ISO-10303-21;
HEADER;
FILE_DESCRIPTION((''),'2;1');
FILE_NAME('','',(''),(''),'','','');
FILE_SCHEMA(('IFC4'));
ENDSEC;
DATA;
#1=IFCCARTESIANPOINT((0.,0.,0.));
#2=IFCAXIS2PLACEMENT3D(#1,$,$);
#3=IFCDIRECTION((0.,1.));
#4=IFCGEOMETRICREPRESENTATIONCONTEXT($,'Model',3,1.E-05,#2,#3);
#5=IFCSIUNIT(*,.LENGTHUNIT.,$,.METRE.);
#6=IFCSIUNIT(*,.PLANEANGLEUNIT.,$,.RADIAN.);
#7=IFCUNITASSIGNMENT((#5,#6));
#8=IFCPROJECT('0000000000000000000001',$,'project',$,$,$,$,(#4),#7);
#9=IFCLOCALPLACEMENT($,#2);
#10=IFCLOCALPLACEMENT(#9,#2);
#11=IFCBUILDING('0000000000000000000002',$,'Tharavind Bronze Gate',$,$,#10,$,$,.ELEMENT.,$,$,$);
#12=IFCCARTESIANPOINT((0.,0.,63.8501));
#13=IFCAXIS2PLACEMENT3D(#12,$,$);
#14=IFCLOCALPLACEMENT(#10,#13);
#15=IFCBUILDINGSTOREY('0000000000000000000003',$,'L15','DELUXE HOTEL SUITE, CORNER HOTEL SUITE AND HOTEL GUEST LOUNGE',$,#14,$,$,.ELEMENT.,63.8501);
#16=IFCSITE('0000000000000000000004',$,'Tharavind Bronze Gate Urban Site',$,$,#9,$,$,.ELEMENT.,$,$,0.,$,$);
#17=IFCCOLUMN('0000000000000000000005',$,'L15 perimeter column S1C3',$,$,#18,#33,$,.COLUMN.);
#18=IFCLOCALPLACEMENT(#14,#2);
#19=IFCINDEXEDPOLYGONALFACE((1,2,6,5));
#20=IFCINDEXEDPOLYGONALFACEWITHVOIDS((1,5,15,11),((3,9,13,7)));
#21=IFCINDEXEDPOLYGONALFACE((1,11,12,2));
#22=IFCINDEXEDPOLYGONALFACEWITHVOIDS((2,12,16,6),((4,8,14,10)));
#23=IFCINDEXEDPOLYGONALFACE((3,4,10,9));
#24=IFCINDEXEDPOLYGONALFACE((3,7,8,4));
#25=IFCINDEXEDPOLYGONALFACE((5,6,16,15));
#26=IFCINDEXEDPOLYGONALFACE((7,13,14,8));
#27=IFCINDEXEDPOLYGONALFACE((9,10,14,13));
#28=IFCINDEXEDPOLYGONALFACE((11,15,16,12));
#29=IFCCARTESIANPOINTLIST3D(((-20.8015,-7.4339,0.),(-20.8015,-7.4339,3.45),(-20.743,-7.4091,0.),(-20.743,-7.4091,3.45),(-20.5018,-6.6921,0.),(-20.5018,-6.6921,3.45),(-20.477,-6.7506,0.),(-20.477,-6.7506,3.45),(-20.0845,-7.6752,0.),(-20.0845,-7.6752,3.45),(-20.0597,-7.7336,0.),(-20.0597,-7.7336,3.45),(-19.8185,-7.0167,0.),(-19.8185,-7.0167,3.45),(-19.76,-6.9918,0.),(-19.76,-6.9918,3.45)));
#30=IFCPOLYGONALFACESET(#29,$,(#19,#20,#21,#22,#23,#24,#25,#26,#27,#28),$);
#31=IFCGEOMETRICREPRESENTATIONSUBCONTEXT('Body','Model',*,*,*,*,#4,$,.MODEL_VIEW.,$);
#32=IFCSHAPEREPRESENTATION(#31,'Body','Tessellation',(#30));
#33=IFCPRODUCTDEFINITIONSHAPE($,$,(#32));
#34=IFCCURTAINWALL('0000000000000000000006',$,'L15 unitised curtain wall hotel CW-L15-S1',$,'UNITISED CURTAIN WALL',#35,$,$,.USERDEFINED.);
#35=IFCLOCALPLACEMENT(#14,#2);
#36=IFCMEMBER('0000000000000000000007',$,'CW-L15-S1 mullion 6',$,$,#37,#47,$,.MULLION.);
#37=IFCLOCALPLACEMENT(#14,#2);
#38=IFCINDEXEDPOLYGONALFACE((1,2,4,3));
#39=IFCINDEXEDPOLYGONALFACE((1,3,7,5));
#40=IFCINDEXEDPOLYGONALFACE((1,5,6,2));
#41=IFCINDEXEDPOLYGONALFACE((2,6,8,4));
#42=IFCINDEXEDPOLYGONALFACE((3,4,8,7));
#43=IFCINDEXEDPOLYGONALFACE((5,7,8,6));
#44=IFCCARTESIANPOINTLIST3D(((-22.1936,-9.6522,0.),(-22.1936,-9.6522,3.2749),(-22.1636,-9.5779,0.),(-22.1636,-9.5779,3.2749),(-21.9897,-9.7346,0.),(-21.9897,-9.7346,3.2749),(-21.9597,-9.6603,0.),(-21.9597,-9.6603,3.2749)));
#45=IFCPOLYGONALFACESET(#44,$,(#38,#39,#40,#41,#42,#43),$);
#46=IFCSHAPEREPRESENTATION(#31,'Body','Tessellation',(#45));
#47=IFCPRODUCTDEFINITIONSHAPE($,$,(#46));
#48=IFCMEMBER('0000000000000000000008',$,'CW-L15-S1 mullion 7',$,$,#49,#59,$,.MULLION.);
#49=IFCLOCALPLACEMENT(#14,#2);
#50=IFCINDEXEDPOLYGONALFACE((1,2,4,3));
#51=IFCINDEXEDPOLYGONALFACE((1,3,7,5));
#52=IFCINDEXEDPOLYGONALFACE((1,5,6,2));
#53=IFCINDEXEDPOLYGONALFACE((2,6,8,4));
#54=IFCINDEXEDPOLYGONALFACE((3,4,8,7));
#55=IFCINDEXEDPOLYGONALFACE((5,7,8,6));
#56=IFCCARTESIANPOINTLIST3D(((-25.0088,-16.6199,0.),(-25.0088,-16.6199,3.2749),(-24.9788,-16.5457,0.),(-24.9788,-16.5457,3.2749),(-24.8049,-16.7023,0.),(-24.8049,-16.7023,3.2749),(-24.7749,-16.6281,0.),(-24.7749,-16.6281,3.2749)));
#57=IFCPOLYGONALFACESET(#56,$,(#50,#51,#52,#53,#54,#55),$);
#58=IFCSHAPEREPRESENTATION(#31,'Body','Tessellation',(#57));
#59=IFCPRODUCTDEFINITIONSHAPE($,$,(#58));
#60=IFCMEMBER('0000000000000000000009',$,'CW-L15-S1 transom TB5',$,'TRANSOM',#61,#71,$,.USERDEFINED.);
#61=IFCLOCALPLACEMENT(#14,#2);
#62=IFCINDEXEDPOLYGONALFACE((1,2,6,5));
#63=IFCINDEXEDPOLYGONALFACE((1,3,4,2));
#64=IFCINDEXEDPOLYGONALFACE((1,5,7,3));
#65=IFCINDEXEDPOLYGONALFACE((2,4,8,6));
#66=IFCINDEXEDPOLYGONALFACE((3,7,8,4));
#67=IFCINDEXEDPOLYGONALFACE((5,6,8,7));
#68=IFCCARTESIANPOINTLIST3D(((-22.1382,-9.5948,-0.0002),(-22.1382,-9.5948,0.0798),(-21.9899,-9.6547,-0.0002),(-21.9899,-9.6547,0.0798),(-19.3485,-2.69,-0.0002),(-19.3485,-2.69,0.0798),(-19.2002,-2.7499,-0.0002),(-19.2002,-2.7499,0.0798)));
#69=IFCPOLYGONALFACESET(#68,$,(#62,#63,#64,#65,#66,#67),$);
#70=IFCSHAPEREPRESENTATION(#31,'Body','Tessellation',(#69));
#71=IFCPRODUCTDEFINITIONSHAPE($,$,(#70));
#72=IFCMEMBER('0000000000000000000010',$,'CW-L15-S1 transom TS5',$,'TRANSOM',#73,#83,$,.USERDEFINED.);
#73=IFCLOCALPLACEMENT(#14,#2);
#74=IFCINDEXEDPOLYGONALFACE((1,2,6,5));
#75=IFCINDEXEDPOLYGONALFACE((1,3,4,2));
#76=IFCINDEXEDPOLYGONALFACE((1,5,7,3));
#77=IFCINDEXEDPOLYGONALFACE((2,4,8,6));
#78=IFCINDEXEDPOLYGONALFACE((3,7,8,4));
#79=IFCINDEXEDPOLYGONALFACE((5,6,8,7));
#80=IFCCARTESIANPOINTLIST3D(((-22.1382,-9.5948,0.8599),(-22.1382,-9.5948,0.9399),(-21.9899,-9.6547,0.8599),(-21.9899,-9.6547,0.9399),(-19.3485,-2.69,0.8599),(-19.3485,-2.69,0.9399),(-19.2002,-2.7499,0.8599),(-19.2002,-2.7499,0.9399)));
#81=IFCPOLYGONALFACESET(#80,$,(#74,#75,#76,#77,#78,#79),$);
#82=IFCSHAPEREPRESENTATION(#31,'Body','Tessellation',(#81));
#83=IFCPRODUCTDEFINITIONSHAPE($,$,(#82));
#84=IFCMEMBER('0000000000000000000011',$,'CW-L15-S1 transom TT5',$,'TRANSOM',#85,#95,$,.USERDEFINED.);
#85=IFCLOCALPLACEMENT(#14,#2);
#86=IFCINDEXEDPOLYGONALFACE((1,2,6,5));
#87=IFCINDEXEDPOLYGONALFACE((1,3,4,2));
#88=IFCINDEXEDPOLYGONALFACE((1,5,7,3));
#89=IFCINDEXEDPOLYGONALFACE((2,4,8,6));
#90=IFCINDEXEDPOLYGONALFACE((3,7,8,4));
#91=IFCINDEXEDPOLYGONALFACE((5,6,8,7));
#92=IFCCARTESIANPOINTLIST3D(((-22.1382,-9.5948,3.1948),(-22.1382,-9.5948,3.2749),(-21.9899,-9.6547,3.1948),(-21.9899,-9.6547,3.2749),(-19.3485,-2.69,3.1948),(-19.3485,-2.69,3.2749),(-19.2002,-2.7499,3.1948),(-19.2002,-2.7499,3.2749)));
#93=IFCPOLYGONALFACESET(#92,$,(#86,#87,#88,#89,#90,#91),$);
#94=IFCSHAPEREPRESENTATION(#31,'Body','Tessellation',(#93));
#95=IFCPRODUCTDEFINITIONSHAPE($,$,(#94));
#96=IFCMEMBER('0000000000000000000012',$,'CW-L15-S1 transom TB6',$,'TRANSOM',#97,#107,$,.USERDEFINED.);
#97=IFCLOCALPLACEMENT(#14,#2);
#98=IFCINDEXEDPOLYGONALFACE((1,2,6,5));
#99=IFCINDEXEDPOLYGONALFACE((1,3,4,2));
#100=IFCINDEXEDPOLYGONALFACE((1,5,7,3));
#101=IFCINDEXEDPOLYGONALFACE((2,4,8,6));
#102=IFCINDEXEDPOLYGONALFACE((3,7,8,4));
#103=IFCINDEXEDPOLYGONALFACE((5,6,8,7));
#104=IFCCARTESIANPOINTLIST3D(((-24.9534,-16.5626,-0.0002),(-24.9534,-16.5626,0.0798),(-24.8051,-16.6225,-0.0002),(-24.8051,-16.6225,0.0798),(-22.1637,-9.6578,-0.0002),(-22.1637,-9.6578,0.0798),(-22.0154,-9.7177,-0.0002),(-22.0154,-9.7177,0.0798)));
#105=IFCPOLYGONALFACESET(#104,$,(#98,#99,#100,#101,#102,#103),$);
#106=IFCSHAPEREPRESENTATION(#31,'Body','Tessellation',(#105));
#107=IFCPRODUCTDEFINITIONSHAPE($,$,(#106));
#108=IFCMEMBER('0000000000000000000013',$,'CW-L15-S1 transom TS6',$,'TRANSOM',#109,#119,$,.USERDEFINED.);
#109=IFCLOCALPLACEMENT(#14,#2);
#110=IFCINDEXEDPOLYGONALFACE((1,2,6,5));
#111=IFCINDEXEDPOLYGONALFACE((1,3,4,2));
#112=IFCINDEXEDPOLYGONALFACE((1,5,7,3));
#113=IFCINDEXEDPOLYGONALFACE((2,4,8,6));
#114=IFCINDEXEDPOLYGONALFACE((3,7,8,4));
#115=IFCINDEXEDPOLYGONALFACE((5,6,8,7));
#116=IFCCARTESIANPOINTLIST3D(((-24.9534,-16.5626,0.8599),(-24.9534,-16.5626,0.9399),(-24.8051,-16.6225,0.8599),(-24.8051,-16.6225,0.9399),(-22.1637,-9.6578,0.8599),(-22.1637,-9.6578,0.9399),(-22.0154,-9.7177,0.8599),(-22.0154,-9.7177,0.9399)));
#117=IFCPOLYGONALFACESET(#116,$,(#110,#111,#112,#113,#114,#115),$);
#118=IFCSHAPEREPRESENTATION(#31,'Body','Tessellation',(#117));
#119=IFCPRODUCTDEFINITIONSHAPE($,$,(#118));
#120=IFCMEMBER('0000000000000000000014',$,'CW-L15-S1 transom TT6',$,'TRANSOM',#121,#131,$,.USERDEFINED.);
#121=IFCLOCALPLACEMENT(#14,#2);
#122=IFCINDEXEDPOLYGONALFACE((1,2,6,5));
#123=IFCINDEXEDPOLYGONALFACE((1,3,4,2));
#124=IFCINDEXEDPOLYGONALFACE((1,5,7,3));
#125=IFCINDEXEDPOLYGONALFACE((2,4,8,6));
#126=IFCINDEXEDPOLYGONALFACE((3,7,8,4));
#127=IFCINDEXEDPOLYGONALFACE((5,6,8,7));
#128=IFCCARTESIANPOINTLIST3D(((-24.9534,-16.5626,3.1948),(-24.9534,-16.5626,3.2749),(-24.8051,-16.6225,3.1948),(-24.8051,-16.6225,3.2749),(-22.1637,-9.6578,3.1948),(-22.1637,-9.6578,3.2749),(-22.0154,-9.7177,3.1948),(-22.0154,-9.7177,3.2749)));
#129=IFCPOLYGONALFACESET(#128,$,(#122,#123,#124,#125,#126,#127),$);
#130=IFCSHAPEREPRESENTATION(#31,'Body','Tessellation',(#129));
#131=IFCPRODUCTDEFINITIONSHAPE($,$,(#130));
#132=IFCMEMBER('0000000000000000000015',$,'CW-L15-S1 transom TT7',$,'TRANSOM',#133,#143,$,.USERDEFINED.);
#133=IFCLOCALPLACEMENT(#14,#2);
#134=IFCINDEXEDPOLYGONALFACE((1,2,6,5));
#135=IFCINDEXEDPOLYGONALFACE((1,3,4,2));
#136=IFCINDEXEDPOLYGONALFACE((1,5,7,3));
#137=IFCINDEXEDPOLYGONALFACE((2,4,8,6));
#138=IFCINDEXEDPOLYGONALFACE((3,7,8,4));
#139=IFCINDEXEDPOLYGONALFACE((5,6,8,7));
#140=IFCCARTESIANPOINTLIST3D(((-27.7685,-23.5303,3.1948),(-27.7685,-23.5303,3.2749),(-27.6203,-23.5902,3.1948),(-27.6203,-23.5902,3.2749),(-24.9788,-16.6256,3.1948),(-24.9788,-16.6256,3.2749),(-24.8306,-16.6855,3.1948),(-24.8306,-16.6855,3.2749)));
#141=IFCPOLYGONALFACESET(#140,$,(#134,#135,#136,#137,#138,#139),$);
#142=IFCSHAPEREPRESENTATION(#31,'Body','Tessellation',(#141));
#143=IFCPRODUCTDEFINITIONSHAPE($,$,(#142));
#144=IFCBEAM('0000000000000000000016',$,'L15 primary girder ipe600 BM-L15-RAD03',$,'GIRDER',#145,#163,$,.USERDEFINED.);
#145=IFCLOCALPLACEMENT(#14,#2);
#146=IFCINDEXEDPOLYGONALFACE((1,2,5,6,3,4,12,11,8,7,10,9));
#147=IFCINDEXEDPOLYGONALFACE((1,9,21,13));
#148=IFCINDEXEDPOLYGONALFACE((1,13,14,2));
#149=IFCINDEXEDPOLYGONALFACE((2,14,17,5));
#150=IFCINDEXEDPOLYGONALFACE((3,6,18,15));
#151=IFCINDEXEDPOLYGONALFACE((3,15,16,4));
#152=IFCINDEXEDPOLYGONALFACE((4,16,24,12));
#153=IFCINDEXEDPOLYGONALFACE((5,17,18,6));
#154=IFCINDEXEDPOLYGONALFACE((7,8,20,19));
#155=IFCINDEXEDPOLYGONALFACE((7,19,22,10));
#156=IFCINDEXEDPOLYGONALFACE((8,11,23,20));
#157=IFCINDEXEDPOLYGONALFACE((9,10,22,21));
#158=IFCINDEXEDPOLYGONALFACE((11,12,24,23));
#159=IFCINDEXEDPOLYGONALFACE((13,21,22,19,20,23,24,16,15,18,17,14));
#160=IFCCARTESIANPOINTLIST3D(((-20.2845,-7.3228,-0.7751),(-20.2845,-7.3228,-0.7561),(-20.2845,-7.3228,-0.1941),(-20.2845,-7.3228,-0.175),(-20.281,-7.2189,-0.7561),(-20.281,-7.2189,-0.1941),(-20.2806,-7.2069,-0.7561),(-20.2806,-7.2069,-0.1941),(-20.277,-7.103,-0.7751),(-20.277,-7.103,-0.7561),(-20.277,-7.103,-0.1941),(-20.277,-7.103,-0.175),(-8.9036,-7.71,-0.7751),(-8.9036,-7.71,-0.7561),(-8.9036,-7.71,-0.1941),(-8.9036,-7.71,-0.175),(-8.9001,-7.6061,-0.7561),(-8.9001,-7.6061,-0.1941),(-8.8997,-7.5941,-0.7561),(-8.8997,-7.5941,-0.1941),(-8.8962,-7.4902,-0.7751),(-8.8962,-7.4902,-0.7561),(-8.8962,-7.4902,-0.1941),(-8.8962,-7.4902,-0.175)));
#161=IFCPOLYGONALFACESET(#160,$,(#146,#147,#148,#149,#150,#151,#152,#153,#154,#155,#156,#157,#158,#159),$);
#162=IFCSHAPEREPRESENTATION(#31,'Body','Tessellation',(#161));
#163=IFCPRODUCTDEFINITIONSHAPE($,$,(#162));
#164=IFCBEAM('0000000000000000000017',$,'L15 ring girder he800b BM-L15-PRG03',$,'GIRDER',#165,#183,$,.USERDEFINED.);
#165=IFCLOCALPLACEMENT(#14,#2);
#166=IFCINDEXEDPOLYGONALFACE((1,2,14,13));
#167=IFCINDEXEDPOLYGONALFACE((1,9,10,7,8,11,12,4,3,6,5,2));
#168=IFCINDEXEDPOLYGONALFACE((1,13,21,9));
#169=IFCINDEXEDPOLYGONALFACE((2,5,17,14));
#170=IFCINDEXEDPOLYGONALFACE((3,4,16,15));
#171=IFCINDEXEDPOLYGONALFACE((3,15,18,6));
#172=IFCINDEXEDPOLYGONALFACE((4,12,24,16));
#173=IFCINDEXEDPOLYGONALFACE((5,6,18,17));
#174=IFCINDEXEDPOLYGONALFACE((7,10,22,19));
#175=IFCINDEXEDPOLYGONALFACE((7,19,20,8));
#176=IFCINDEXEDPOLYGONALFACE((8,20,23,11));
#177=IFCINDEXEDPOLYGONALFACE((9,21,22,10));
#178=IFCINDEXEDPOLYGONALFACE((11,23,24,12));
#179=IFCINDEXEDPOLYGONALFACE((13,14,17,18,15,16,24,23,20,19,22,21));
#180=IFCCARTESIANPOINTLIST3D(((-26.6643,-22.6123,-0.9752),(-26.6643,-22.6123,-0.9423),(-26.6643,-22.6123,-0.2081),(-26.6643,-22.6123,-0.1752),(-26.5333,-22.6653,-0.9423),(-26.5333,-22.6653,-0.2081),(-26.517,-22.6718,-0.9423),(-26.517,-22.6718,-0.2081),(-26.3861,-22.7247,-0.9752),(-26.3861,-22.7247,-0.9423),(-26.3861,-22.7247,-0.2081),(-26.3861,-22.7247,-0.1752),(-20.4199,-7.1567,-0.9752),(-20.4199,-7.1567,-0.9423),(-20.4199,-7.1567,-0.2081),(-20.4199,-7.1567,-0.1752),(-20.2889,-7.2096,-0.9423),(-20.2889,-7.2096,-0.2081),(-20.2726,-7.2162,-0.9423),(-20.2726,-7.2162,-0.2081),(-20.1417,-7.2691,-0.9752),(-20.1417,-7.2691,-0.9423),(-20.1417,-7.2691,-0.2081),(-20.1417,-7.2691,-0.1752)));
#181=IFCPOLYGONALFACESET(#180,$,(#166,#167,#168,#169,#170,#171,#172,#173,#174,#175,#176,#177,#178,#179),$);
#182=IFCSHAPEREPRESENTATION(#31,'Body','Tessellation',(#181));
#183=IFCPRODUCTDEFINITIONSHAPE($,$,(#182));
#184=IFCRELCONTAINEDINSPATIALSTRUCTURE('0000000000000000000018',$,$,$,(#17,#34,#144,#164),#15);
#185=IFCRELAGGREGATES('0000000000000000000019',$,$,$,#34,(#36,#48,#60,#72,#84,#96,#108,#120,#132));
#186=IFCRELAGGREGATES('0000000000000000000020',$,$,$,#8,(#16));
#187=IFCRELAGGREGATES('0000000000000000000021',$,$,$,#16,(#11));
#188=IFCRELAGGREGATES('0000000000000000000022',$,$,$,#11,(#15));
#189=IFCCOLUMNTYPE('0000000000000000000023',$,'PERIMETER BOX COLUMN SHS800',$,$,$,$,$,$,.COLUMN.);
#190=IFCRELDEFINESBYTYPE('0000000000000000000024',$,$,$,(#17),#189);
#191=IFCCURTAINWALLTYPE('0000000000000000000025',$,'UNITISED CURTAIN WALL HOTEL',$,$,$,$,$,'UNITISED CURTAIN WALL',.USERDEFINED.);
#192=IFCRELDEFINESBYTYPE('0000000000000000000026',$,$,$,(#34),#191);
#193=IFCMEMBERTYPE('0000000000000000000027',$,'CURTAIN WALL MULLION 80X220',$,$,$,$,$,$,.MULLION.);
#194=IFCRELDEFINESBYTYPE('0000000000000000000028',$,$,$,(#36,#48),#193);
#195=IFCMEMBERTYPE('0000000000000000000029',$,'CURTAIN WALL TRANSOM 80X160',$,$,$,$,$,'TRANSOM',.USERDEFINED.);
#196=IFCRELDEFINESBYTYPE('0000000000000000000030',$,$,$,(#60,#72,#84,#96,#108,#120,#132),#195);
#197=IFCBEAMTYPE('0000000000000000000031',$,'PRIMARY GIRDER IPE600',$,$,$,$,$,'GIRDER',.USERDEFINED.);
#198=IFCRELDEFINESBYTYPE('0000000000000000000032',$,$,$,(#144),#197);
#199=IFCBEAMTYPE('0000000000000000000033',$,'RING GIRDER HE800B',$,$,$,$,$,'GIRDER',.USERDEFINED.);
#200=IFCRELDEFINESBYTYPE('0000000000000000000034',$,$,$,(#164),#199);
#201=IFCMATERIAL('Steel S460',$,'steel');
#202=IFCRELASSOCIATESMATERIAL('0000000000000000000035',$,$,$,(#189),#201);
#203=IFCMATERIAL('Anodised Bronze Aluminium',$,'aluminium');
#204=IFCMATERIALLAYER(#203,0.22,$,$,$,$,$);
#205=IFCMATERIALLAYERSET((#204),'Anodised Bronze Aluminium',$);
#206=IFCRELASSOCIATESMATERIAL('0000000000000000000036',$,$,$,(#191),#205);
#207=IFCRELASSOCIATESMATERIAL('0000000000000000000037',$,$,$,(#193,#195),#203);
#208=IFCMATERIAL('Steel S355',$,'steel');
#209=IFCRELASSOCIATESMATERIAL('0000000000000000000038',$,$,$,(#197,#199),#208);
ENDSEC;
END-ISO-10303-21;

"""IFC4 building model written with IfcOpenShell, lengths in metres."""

from ifc_helpers import new_model, si_unit, direction, frame, origin, origin_2d, place, context, subcontext, project, spatial, rectangle, hollow_rectangle, i_section, extrude, material, layer, layer_set, material_profile, profile_set, type_object, element, aggregate, save


model = new_model("IFC4")

# Units and contexts
model_context = context("Model", 3, precision=1e-05, world=origin(), true_north=direction((0.0, 1.0)))
body_context = subcontext(model_context, "Body", "Model", "MODEL_VIEW")
ifc_project = project(units=[si_unit("LENGTHUNIT", "METRE"), si_unit("PLANEANGLEUNIT", "RADIAN")], contexts=[model_context])

# Site, building, storey
site_placement = place(None, origin())
site = spatial("IfcSite", under=ifc_project, at=site_placement, Name="Tharavind Bronze Gate Urban Site", CompositionType="ELEMENT", RefElevation=0.0)
building_placement = place(site_placement, origin())
building = spatial("IfcBuilding", under=site, at=building_placement, Name="Tharavind Bronze Gate", CompositionType="ELEMENT")
storey_placement = place(building_placement, frame((0.0, 0.0, 63.8501)))
storey = spatial("IfcBuildingStorey", under=building, at=storey_placement, Name="L15", Description="DELUXE HOTEL SUITE, CORNER HOTEL SUITE AND HOTEL GUEST LOUNGE", CompositionType="ELEMENT", Elevation=63.8501)

# Column
ifc_material_1 = material(Name="Steel S460", Category="steel")
ifc_material_profile_1 = material_profile(ifc_material_1, hollow_rectangle(XDim=0.8, YDim=0.8, WallThickness=0.0449, at=origin_2d()), Name="SHS800X45")
ifc_profile_set_1 = profile_set([ifc_material_profile_1], Name="Steel S460")
column_type = type_object("IfcColumnType", Name="PERIMETER BOX COLUMN SHS800", PredefinedType="COLUMN", material=ifc_profile_set_1)
column_placement = place(storey_placement, frame((-20.2808, -7.2129, 0.0), z_axis=(0.0, 0.0, 1.0), x_axis=(0.374608, 0.927183, 0.0)))
element("IfcColumn", 1, at=column_placement, inside=storey, type_object=column_type, Name="L15 perimeter column S1C3", PredefinedType="COLUMN", context=body_context, shape_type="SweptSolid", body=[
    extrude(hollow_rectangle(XDim=0.8, YDim=0.8, WallThickness=0.0449, at=origin_2d()), origin(), (0.0, 0.0, 1.0), 3.45),
])

# Curtain wall, members
ifc_material_2 = material(Name="Anodised Bronze Aluminium", Category="aluminium")
ifc_layer_1 = layer(ifc_material_2, 0.22)
ifc_layer_set_1 = layer_set([ifc_layer_1], Name="Anodised Bronze Aluminium")
curtain_wall_type = type_object("IfcCurtainWallType", Name="UNITISED CURTAIN WALL HOTEL", ElementType="UNITISED CURTAIN WALL", PredefinedType="USERDEFINED", material=ifc_layer_set_1)
curtain_wall_placement = place(storey_placement, origin())
curtain_wall = element("IfcCurtainWall", 2, at=curtain_wall_placement, inside=storey, type_object=curtain_wall_type, Name="L15 unitised curtain wall hotel CW-L15-S1", ObjectType="UNITISED CURTAIN WALL", PredefinedType="USERDEFINED")
member_type_1 = type_object("IfcMemberType", Name="CURTAIN WALL MULLION 80X220", PredefinedType="MULLION", material=ifc_material_2)
member_1_placement = place(storey_placement, frame((-22.0767, -9.6562, 0.0), z_axis=(0.0, 0.0, 1.0), x_axis=(-0.374607, -0.927184, 0.0)))
member_1 = element("IfcMember", 3, at=member_1_placement, type_object=member_type_1, Name="CW-L15-S1 mullion 6", PredefinedType="MULLION", context=body_context, shape_type="SweptSolid", body=[
    extrude(rectangle(XDim=0.0801, YDim=0.22, at=origin_2d()), origin(), (0.0, 0.0, 1.0), 3.2749),
])
member_2_placement = place(storey_placement, frame((-24.8918, -16.624, 0.0), z_axis=(0.0, 0.0, 1.0), x_axis=(-0.374607, -0.927184, 0.0)))
member_2 = element("IfcMember", 4, at=member_2_placement, type_object=member_type_1, Name="CW-L15-S1 mullion 7", PredefinedType="MULLION", context=body_context, shape_type="SweptSolid", body=[
    extrude(rectangle(XDim=0.0801, YDim=0.22, at=origin_2d()), origin(), (0.0, 0.0, 1.0), 3.2749),
])
member_type_2 = type_object("IfcMemberType", Name="CURTAIN WALL TRANSOM 80X160", ElementType="TRANSOM", PredefinedType="USERDEFINED", material=ifc_material_2)
member_3_placement = place(storey_placement, frame((-20.6692, -6.1724, -0.0002), z_axis=(0.0, 0.0, 1.0), x_axis=(-0.374607, -0.927184, 0.0)))
member_3 = element("IfcMember", 5, at=member_3_placement, type_object=member_type_2, Name="CW-L15-S1 transom TB5", ObjectType="TRANSOM", PredefinedType="USERDEFINED", context=body_context, shape_type="SweptSolid", body=[
    extrude(rectangle(XDim=7.447, YDim=0.1599, at=origin_2d()), origin(), (0.0, 0.0, 1.0), 0.0801),
])
member_4_placement = place(storey_placement, frame((-20.6692, -6.1724, 0.8599), z_axis=(0.0, 0.0, 1.0), x_axis=(-0.374607, -0.927184, 0.0)))
member_4 = element("IfcMember", 6, at=member_4_placement, type_object=member_type_2, Name="CW-L15-S1 transom TS5", ObjectType="TRANSOM", PredefinedType="USERDEFINED", context=body_context, shape_type="SweptSolid", body=[
    extrude(rectangle(XDim=7.447, YDim=0.1599, at=origin_2d()), origin(), (0.0, 0.0, 1.0), 0.0801),
])
member_5_placement = place(storey_placement, frame((-20.6692, -6.1724, 3.1948), z_axis=(0.0, 0.0, 1.0), x_axis=(-0.374607, -0.927184, 0.0)))
member_5 = element("IfcMember", 7, at=member_5_placement, type_object=member_type_2, Name="CW-L15-S1 transom TT5", ObjectType="TRANSOM", PredefinedType="USERDEFINED", context=body_context, shape_type="SweptSolid", body=[
    extrude(rectangle(XDim=7.447, YDim=0.1599, at=origin_2d()), origin(), (0.0, 0.0, 1.0), 0.0801),
])
member_6_placement = place(storey_placement, frame((-23.4844, -13.1401, -0.0002), z_axis=(0.0, 0.0, 1.0), x_axis=(-0.374607, -0.927184, 0.0)))
member_6 = element("IfcMember", 8, at=member_6_placement, type_object=member_type_2, Name="CW-L15-S1 transom TB6", ObjectType="TRANSOM", PredefinedType="USERDEFINED", context=body_context, shape_type="SweptSolid", body=[
    extrude(rectangle(XDim=7.447, YDim=0.1599, at=origin_2d()), origin(), (0.0, 0.0, 1.0), 0.0801),
])
member_7_placement = place(storey_placement, frame((-23.4844, -13.1401, 0.8599), z_axis=(0.0, 0.0, 1.0), x_axis=(-0.374607, -0.927184, 0.0)))
member_7 = element("IfcMember", 9, at=member_7_placement, type_object=member_type_2, Name="CW-L15-S1 transom TS6", ObjectType="TRANSOM", PredefinedType="USERDEFINED", context=body_context, shape_type="SweptSolid", body=[
    extrude(rectangle(XDim=7.447, YDim=0.1599, at=origin_2d()), origin(), (0.0, 0.0, 1.0), 0.0801),
])
member_8_placement = place(storey_placement, frame((-23.4844, -13.1401, 3.1948), z_axis=(0.0, 0.0, 1.0), x_axis=(-0.374607, -0.927184, 0.0)))
member_8 = element("IfcMember", 10, at=member_8_placement, type_object=member_type_2, Name="CW-L15-S1 transom TT6", ObjectType="TRANSOM", PredefinedType="USERDEFINED", context=body_context, shape_type="SweptSolid", body=[
    extrude(rectangle(XDim=7.447, YDim=0.1599, at=origin_2d()), origin(), (0.0, 0.0, 1.0), 0.0801),
])
member_9_placement = place(storey_placement, frame((-26.2996, -20.1079, 3.1948), z_axis=(0.0, 0.0, 1.0), x_axis=(-0.374607, -0.927184, 0.0)))
member_9 = element("IfcMember", 11, at=member_9_placement, type_object=member_type_2, Name="CW-L15-S1 transom TT7", ObjectType="TRANSOM", PredefinedType="USERDEFINED", context=body_context, shape_type="SweptSolid", body=[
    extrude(rectangle(XDim=7.447, YDim=0.1599, at=origin_2d()), origin(), (0.0, 0.0, 1.0), 0.0801),
])

# Beams
ifc_material_3 = material(Name="Steel S355", Category="steel")
ifc_material_profile_2 = material_profile(ifc_material_3, i_section(OverallWidth=0.22, OverallDepth=0.6001, WebThickness=0.012, FlangeThickness=0.019, at=origin_2d()), Name="IPE600")
ifc_profile_set_2 = profile_set([ifc_material_profile_2], Name="Steel S355")
beam_type_1 = type_object("IfcBeamType", Name="PRIMARY GIRDER IPE600", ElementType="GIRDER", PredefinedType="USERDEFINED", material=ifc_profile_set_2)
beam_1_placement = place(storey_placement, frame((-20.2808, -7.2129, -0.4751), z_axis=(0.999422, -0.034003, 0.0), x_axis=(0.034003, 0.999422, 0.0)))
element("IfcBeam", 12, at=beam_1_placement, inside=storey, type_object=beam_type_1, Name="L15 primary girder ipe600 BM-L15-RAD03", ObjectType="GIRDER", PredefinedType="USERDEFINED", context=body_context, shape_type="SweptSolid", body=[
    extrude(i_section(OverallWidth=0.22, OverallDepth=0.6001, WebThickness=0.012, FlangeThickness=0.019, at=origin_2d()), origin(), (0.0, 0.0, 1.0), 11.3875),
])
ifc_material_profile_3 = material_profile(ifc_material_3, i_section(OverallWidth=0.3, OverallDepth=0.8, WebThickness=0.0176, FlangeThickness=0.033, at=origin_2d()), Name="HE800B")
ifc_profile_set_3 = profile_set([ifc_material_profile_3], Name="Steel S355")
beam_type_2 = type_object("IfcBeamType", Name="RING GIRDER HE800B", ElementType="GIRDER", PredefinedType="USERDEFINED", material=ifc_profile_set_3)
beam_2_placement = place(storey_placement, frame((-20.2808, -7.2129, -0.5752), z_axis=(-0.374603, -0.927185, 0.0), x_axis=(0.927185, -0.374603, 0.0)))
element("IfcBeam", 13, at=beam_2_placement, inside=storey, type_object=beam_type_2, Name="L15 ring girder he800b BM-L15-PRG03", ObjectType="GIRDER", PredefinedType="USERDEFINED", context=body_context, shape_type="SweptSolid", body=[
    extrude(i_section(OverallWidth=0.3, OverallDepth=0.8, WebThickness=0.0176, FlangeThickness=0.033, at=origin_2d()), origin(), (0.0, 0.0, 1.0), 16.6694),
])

aggregate(curtain_wall, [member_1, member_2, member_3, member_4, member_5, member_6, member_7, member_8, member_9])

save(model, "model.ifc")
